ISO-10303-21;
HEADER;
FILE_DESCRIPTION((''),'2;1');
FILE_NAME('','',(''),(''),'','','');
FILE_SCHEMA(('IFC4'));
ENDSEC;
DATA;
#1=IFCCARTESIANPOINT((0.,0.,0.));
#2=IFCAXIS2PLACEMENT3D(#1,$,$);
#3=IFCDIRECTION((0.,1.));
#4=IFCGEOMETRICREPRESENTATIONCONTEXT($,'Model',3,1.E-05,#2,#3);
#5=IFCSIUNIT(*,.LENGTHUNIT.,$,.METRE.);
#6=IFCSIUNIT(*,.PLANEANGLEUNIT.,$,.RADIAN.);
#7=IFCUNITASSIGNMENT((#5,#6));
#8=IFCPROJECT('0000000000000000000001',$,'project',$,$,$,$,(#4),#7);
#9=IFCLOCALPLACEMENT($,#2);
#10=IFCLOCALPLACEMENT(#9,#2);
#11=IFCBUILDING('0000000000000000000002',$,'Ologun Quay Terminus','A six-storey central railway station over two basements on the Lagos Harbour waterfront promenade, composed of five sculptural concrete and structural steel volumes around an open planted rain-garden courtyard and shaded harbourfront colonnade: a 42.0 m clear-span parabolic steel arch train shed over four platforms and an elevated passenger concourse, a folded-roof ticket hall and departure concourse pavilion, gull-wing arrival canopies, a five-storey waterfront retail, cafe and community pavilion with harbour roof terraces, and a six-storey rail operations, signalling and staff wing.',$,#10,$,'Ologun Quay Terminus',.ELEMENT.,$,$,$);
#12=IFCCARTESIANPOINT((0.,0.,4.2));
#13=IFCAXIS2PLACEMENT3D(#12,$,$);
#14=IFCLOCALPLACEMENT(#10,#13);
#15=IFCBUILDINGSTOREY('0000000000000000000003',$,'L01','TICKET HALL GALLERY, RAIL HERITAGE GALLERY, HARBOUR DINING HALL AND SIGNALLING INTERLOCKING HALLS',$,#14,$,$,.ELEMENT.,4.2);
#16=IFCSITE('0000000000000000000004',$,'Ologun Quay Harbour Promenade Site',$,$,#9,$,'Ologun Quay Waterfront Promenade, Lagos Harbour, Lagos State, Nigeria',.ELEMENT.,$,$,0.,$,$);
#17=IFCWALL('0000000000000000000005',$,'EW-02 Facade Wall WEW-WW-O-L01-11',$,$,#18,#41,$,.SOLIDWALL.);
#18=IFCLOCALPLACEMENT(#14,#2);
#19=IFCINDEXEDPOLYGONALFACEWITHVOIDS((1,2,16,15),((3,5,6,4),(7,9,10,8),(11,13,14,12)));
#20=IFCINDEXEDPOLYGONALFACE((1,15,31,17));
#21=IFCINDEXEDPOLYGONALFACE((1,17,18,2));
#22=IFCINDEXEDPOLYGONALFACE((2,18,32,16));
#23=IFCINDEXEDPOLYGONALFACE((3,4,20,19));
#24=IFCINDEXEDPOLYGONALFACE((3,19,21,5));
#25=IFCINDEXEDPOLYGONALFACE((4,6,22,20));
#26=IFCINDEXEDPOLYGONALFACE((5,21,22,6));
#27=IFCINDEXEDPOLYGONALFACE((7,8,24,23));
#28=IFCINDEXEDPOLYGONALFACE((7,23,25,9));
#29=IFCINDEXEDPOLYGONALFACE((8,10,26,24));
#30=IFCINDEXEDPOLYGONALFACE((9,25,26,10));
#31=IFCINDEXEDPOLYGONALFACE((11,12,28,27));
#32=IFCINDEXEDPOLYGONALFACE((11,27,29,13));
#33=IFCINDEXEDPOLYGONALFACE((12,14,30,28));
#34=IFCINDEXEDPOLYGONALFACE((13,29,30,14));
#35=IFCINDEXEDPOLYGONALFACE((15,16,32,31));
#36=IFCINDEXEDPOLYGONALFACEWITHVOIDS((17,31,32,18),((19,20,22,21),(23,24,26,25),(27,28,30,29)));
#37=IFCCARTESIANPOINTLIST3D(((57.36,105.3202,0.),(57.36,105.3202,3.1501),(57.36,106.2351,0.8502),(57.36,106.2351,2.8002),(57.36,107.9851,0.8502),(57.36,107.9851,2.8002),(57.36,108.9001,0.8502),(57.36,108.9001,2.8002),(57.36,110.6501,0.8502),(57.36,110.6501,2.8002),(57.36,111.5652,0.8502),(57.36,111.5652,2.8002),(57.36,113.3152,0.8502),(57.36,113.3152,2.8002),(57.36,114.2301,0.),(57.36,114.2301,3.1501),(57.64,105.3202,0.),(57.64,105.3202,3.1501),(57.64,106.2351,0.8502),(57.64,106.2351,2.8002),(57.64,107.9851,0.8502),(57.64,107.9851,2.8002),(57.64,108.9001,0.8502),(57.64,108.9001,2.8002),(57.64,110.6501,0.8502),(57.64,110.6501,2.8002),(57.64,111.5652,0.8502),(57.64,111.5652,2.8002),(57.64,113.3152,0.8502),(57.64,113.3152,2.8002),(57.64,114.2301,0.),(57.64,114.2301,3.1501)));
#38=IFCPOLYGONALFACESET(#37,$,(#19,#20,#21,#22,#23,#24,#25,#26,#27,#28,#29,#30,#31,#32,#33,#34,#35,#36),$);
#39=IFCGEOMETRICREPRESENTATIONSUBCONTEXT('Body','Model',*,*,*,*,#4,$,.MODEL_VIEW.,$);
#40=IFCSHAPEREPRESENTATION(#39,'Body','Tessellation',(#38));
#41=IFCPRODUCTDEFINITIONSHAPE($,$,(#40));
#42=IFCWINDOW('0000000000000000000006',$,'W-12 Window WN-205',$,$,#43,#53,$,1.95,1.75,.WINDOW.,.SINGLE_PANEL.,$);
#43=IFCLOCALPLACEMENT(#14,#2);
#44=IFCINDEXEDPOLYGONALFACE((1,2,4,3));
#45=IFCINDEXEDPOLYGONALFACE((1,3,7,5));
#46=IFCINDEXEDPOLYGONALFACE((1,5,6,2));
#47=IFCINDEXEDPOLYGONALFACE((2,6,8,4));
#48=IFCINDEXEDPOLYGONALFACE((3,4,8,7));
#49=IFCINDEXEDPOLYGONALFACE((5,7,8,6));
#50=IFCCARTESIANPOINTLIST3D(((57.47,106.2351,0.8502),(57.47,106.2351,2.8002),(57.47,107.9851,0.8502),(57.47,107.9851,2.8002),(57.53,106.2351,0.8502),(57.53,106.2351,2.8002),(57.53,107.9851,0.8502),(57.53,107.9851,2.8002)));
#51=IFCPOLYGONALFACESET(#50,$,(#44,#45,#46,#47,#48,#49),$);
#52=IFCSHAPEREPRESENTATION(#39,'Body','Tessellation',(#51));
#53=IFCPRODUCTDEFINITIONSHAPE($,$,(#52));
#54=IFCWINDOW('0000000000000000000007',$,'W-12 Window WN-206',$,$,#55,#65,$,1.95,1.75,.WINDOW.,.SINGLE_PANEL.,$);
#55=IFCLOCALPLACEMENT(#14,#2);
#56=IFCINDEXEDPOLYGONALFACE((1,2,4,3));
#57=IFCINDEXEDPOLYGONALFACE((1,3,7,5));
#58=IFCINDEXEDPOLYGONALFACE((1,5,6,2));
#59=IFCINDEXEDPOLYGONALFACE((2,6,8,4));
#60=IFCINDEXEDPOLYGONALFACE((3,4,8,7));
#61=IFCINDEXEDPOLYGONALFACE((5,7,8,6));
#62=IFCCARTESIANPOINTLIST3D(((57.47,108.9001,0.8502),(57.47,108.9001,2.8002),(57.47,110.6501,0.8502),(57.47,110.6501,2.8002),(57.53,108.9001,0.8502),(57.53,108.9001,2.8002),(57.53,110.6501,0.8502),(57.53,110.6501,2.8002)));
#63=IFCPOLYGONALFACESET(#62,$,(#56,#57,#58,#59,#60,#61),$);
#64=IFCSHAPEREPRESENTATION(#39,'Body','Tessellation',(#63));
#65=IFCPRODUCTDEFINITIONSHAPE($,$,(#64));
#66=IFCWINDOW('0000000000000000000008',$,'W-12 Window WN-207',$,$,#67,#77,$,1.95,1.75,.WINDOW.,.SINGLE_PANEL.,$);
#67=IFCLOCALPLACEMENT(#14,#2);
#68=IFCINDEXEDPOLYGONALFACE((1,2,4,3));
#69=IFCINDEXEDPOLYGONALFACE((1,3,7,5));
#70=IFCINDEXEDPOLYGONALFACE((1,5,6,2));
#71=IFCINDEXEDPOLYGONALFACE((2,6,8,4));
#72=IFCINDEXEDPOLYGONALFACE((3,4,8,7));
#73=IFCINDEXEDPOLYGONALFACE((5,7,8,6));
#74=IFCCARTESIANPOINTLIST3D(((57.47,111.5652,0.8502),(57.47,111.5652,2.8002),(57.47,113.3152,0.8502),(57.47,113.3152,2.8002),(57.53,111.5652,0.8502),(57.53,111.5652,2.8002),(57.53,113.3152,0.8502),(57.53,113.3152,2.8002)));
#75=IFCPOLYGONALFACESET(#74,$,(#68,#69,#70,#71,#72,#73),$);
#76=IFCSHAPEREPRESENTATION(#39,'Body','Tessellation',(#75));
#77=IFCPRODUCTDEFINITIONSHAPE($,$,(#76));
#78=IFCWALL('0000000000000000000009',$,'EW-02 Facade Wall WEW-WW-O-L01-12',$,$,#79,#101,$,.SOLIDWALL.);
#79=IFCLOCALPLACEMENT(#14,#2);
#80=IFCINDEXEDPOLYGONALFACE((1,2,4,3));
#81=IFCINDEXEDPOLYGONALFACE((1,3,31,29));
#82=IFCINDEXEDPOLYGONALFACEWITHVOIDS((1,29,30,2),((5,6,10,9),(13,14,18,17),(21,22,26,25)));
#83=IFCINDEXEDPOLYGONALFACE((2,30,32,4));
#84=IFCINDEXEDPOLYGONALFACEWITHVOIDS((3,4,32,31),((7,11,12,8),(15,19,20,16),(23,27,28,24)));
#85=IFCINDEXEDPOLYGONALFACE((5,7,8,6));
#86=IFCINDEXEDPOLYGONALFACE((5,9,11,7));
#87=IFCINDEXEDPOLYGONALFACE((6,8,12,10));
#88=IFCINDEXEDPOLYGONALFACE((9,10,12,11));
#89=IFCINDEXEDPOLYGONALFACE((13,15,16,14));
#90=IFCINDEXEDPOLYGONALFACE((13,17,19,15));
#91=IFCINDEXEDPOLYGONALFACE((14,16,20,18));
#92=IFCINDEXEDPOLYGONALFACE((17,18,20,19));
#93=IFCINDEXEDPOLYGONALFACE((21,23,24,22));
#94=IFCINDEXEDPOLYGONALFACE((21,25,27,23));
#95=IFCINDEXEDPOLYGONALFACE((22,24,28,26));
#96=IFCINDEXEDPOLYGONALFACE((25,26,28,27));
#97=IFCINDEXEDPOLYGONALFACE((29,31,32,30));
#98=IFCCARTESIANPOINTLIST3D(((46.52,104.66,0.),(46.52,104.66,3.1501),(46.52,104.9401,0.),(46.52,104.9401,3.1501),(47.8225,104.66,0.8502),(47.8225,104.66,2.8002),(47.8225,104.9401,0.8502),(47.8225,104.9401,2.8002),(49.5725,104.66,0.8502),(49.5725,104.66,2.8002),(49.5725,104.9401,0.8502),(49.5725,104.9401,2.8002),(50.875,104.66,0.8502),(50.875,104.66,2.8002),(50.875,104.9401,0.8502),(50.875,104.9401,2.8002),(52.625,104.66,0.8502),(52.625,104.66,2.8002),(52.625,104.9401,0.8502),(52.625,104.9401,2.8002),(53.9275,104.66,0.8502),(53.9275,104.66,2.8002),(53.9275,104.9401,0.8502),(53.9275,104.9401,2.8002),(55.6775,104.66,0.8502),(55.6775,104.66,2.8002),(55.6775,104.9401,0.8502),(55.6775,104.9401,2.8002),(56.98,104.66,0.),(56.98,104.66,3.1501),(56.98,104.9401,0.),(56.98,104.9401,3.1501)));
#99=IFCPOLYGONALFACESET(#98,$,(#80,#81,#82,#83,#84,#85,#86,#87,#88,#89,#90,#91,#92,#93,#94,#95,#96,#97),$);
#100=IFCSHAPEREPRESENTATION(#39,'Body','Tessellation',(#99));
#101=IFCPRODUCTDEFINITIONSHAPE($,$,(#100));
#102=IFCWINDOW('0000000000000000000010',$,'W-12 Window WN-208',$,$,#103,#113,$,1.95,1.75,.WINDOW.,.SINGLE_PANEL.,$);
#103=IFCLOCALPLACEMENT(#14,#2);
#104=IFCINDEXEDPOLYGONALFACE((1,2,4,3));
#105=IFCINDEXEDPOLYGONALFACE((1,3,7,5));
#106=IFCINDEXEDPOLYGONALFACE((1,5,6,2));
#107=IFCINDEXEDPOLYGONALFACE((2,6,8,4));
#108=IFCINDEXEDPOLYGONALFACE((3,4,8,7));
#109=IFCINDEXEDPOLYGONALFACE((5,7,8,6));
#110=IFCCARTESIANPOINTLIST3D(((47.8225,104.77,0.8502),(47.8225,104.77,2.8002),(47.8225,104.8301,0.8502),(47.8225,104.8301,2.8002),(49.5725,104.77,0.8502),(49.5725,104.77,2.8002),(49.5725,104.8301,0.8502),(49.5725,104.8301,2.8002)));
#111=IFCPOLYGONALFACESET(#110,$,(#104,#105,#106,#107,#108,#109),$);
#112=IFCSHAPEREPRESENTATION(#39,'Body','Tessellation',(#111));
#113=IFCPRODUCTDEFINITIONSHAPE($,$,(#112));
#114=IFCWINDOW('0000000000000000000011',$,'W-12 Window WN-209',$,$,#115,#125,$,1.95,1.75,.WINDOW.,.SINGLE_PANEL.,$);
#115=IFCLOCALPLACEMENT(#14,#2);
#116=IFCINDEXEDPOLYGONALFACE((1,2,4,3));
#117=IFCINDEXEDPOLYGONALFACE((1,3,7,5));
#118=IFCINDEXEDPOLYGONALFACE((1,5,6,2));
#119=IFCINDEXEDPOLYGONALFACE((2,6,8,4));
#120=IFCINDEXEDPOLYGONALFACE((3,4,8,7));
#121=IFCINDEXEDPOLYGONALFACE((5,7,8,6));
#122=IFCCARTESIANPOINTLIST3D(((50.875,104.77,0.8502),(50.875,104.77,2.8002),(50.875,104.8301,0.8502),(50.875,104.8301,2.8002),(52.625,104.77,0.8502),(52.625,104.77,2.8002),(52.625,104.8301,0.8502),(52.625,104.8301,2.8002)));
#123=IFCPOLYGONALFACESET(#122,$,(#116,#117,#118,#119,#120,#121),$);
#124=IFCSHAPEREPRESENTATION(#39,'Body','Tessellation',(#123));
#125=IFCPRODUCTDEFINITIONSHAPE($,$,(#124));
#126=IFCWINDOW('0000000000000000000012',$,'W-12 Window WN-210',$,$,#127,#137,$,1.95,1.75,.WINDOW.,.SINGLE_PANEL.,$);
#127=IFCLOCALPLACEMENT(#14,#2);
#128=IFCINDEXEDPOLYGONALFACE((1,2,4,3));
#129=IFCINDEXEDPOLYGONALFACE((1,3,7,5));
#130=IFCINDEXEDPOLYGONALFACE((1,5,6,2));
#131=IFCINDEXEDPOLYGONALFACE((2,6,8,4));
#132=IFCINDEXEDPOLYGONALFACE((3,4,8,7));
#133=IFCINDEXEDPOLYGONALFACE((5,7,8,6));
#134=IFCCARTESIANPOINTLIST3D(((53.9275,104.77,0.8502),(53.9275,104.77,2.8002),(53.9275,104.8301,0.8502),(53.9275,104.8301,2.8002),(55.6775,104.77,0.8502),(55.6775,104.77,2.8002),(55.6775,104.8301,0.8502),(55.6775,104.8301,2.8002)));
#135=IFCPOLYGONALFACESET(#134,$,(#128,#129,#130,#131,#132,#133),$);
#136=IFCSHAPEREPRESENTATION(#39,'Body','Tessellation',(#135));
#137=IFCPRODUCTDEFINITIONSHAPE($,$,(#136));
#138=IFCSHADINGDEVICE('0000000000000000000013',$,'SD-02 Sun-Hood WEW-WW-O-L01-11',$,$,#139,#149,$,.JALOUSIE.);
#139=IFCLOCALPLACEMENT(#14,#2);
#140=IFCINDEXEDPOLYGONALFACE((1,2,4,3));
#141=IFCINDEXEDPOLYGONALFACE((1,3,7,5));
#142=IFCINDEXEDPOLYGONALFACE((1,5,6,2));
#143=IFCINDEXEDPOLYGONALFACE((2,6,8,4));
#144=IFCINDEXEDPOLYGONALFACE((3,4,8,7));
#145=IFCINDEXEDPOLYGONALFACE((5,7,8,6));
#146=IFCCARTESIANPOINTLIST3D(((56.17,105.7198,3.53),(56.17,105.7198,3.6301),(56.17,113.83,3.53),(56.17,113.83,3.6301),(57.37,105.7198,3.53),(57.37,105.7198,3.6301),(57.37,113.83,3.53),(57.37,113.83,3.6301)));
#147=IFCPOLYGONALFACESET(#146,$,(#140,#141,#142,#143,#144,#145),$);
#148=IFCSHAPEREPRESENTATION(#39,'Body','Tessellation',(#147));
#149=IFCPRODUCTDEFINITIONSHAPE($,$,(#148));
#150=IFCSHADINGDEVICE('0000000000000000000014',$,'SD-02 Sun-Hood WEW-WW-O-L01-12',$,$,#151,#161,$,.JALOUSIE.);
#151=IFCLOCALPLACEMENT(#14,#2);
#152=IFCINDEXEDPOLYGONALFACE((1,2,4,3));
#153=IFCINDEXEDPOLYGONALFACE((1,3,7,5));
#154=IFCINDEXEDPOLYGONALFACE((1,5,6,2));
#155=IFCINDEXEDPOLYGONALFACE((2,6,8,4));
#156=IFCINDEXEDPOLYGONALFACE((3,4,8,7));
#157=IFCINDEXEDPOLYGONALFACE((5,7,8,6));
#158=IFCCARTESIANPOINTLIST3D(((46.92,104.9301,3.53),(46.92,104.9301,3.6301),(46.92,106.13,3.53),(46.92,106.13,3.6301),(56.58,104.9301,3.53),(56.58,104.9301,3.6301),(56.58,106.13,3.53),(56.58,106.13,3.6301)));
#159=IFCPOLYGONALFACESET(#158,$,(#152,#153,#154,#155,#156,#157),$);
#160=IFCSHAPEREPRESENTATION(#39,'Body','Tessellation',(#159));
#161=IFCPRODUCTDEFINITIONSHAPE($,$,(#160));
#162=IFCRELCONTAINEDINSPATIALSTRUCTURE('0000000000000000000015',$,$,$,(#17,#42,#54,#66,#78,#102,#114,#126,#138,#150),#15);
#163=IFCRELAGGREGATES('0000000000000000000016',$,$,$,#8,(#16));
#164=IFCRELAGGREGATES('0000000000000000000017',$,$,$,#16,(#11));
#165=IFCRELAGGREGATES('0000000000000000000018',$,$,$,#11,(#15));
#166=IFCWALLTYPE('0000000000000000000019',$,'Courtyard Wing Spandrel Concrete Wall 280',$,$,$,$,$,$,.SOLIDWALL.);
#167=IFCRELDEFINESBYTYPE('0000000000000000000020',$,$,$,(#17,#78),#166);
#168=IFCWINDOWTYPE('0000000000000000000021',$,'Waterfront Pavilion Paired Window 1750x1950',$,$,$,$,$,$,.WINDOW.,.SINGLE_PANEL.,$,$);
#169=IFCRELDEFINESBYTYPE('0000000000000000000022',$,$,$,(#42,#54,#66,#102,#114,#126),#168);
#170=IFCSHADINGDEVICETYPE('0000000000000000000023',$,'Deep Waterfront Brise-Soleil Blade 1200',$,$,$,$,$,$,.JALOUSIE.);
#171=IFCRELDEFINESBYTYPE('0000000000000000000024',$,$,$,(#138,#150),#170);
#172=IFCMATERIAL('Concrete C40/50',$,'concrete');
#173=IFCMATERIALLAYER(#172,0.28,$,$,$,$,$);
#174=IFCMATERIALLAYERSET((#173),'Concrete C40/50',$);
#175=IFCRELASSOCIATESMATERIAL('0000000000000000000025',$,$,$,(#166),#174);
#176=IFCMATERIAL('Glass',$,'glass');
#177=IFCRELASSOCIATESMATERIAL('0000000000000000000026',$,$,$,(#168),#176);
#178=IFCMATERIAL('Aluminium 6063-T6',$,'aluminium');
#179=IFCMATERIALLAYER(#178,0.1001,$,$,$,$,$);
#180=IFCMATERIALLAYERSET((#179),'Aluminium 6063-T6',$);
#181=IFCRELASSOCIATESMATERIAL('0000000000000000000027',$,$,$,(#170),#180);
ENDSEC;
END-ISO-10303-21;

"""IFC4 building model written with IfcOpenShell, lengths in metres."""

from ifc_helpers import new_model, si_unit, direction, frame, frame_2d, origin, origin_2d, place, context, subcontext, project, spatial, rectangle, extrude, material, layer, layer_set, type_object, element, fill, save


model = new_model("IFC4")

# Units and contexts
model_context = context("Model", 3, precision=1e-05, world=origin(), true_north=direction((0.0, 1.0)))
body_context = subcontext(model_context, "Body", "Model", "MODEL_VIEW")
ifc_project = project(units=[si_unit("LENGTHUNIT", "METRE"), si_unit("PLANEANGLEUNIT", "RADIAN")], contexts=[model_context])

# Site, building, storey
site_placement = place(None, origin())
site = spatial("IfcSite", under=ifc_project, at=site_placement, Name="Ologun Quay Harbour Promenade Site", LongName="Ologun Quay Waterfront Promenade, Lagos Harbour, Lagos State, Nigeria", CompositionType="ELEMENT", RefElevation=0.0)
building_placement = place(site_placement, origin())
building = spatial("IfcBuilding", under=site, at=building_placement, Name="Ologun Quay Terminus", Description="A six-storey central railway station over two basements on the Lagos Harbour waterfront promenade, composed of five sculptural concrete and structural steel volumes around an open planted rain-garden courtyard and shaded harbourfront colonnade: a 42.0 m clear-span parabolic steel arch train shed over four platforms and an elevated passenger concourse, a folded-roof ticket hall and departure concourse pavilion, gull-wing arrival canopies, a five-storey waterfront retail, cafe and community pavilion with harbour roof terraces, and a six-storey rail operations, signalling and staff wing.", LongName="Ologun Quay Terminus", CompositionType="ELEMENT")
storey_placement = place(building_placement, frame((0.0, 0.0, 4.2)))
storey = spatial("IfcBuildingStorey", under=building, at=storey_placement, Name="L01", Description="TICKET HALL GALLERY, RAIL HERITAGE GALLERY, HARBOUR DINING HALL AND SIGNALLING INTERLOCKING HALLS", CompositionType="ELEMENT", Elevation=4.2)

# Walls, openings, windows
ifc_material_1 = material(Name="Concrete C40/50", Category="concrete")
ifc_layer_1 = layer(ifc_material_1, 0.28)
ifc_layer_set_1 = layer_set([ifc_layer_1], Name="Concrete C40/50")
wall_type = type_object("IfcWallType", Name="Courtyard Wing Spandrel Concrete Wall 280", PredefinedType="SOLIDWALL", material=ifc_layer_set_1)
wall_1_placement = place(storey_placement, frame((57.5, 105.3201, 0.0), z_axis=(0.0, 0.0, 1.0), x_axis=(0.0, 1.0, 0.0)))
wall_1 = element("IfcWall", 1, at=wall_1_placement, inside=storey, type_object=wall_type, Name="EW-02 Facade Wall WEW-WW-O-L01-11", PredefinedType="SOLIDWALL", context=body_context, shape_type="SweptSolid", body=[
    extrude(rectangle(XDim=8.9099, YDim=0.28, at=frame_2d((4.4551, 0.0))), origin(), (0.0, 0.0, 1.0), 3.1501),
])
opening_1_placement = place(wall_1_placement, frame((0.915, 0.0, 0.8501)))
opening_1 = element("IfcOpeningElement", 2, at=opening_1_placement, cuts=wall_1, PredefinedType="OPENING", context=body_context, shape_type="SweptSolid", body=[
    extrude(rectangle(XDim=1.75, YDim=1.95, at=frame_2d((0.875, 0.9751))), frame((0.0, 0.1499, 0.0), z_axis=(0.0, -1.0, 0.0), x_axis=(1.0, 0.0, 0.0)), (0.0, 0.0, 1.0), 0.3),
])
opening_2_placement = place(wall_1_placement, frame((3.5801, 0.0, 0.8501)))
opening_2 = element("IfcOpeningElement", 3, at=opening_2_placement, cuts=wall_1, PredefinedType="OPENING", context=body_context, shape_type="SweptSolid", body=[
    extrude(rectangle(XDim=1.75, YDim=1.95, at=frame_2d((0.875, 0.9751))), frame((0.0, 0.1499, 0.0), z_axis=(0.0, -1.0, 0.0), x_axis=(1.0, 0.0, 0.0)), (0.0, 0.0, 1.0), 0.3),
])
opening_3_placement = place(wall_1_placement, frame((6.2451, 0.0, 0.8501)))
opening_3 = element("IfcOpeningElement", 4, at=opening_3_placement, cuts=wall_1, PredefinedType="OPENING", context=body_context, shape_type="SweptSolid", body=[
    extrude(rectangle(XDim=1.75, YDim=1.95, at=frame_2d((0.875, 0.9751))), frame((0.0, 0.1499, 0.0), z_axis=(0.0, -1.0, 0.0), x_axis=(1.0, 0.0, 0.0)), (0.0, 0.0, 1.0), 0.3),
])
ifc_material_2 = material(Name="Glass", Category="glass")
window_type_1 = type_object("IfcWindowType", Name="Waterfront Pavilion Paired Window 1750x1950", PartitioningType="SINGLE_PANEL", PredefinedType="WINDOW", material=ifc_material_2)
window_1_placement = place(opening_1_placement, origin())
window_1 = element("IfcWindow", 5, at=window_1_placement, inside=storey, type_object=window_type_1, Name="W-12 Window WN-205", OverallHeight=1.95, OverallWidth=1.75, PartitioningType="SINGLE_PANEL", PredefinedType="WINDOW", context=body_context, shape_type="SweptSolid", body=[
    extrude(rectangle(XDim=1.75, YDim=1.95, at=frame_2d((0.875, 0.9751))), frame((0.0, 0.03, 0.0), z_axis=(0.0, -1.0, 0.0), x_axis=(1.0, 0.0, 0.0)), (0.0, 0.0, 1.0), 0.0601),
])
fill(opening_1, window_1)
window_2_placement = place(opening_2_placement, origin())
window_2 = element("IfcWindow", 6, at=window_2_placement, inside=storey, type_object=window_type_1, Name="W-12 Window WN-206", OverallHeight=1.95, OverallWidth=1.75, PartitioningType="SINGLE_PANEL", PredefinedType="WINDOW", context=body_context, shape_type="SweptSolid", body=[
    extrude(rectangle(XDim=1.75, YDim=1.95, at=frame_2d((0.875, 0.9751))), frame((0.0, 0.03, 0.0), z_axis=(0.0, -1.0, 0.0), x_axis=(1.0, 0.0, 0.0)), (0.0, 0.0, 1.0), 0.0601),
])
fill(opening_2, window_2)
window_3_placement = place(opening_3_placement, origin())
window_3 = element("IfcWindow", 7, at=window_3_placement, inside=storey, type_object=window_type_1, Name="W-12 Window WN-207", OverallHeight=1.95, OverallWidth=1.75, PartitioningType="SINGLE_PANEL", PredefinedType="WINDOW", context=body_context, shape_type="SweptSolid", body=[
    extrude(rectangle(XDim=1.75, YDim=1.95, at=frame_2d((0.875, 0.9751))), frame((0.0, 0.03, 0.0), z_axis=(0.0, -1.0, 0.0), x_axis=(1.0, 0.0, 0.0)), (0.0, 0.0, 1.0), 0.0601),
])
fill(opening_3, window_3)
wall_2_placement = place(storey_placement, frame((46.52, 104.8, 0.0), z_axis=(0.0, 0.0, 1.0), x_axis=(1.0, 0.0, 0.0)))
wall_2 = element("IfcWall", 8, at=wall_2_placement, inside=storey, type_object=wall_type, Name="EW-02 Facade Wall WEW-WW-O-L01-12", PredefinedType="SOLIDWALL", context=body_context, shape_type="SweptSolid", body=[
    extrude(rectangle(XDim=10.46, YDim=0.28, at=frame_2d((5.23, 0.0))), origin(), (0.0, 0.0, 1.0), 3.1501),
])
opening_4_placement = place(wall_2_placement, frame((1.3025, 0.0, 0.8501)))
opening_4 = element("IfcOpeningElement", 9, at=opening_4_placement, cuts=wall_2, PredefinedType="OPENING", context=body_context, shape_type="SweptSolid", body=[
    extrude(rectangle(XDim=1.75, YDim=1.95, at=frame_2d((0.875, 0.9751))), frame((0.0, 0.1499, 0.0), z_axis=(0.0, -1.0, 0.0), x_axis=(1.0, 0.0, 0.0)), (0.0, 0.0, 1.0), 0.3),
])
opening_5_placement = place(wall_2_placement, frame((4.355, 0.0, 0.8501)))
opening_5 = element("IfcOpeningElement", 10, at=opening_5_placement, cuts=wall_2, PredefinedType="OPENING", context=body_context, shape_type="SweptSolid", body=[
    extrude(rectangle(XDim=1.75, YDim=1.95, at=frame_2d((0.875, 0.9751))), frame((0.0, 0.1499, 0.0), z_axis=(0.0, -1.0, 0.0), x_axis=(1.0, 0.0, 0.0)), (0.0, 0.0, 1.0), 0.3),
])
opening_6_placement = place(wall_2_placement, frame((7.4075, 0.0, 0.8501)))
opening_6 = element("IfcOpeningElement", 11, at=opening_6_placement, cuts=wall_2, PredefinedType="OPENING", context=body_context, shape_type="SweptSolid", body=[
    extrude(rectangle(XDim=1.75, YDim=1.95, at=frame_2d((0.875, 0.9751))), frame((0.0, 0.1499, 0.0), z_axis=(0.0, -1.0, 0.0), x_axis=(1.0, 0.0, 0.0)), (0.0, 0.0, 1.0), 0.3),
])
window_4_placement = place(opening_4_placement, origin())
window_4 = element("IfcWindow", 12, at=window_4_placement, inside=storey, type_object=window_type_1, Name="W-12 Window WN-208", OverallHeight=1.95, OverallWidth=1.75, PartitioningType="SINGLE_PANEL", PredefinedType="WINDOW", context=body_context, shape_type="SweptSolid", body=[
    extrude(rectangle(XDim=1.75, YDim=1.95, at=frame_2d((0.875, 0.9751))), frame((0.0, 0.03, 0.0), z_axis=(0.0, -1.0, 0.0), x_axis=(1.0, 0.0, 0.0)), (0.0, 0.0, 1.0), 0.0601),
])
fill(opening_4, window_4)
window_5_placement = place(opening_5_placement, origin())
window_5 = element("IfcWindow", 13, at=window_5_placement, inside=storey, type_object=window_type_1, Name="W-12 Window WN-209", OverallHeight=1.95, OverallWidth=1.75, PartitioningType="SINGLE_PANEL", PredefinedType="WINDOW", context=body_context, shape_type="SweptSolid", body=[
    extrude(rectangle(XDim=1.75, YDim=1.95, at=frame_2d((0.875, 0.9751))), frame((0.0, 0.03, 0.0), z_axis=(0.0, -1.0, 0.0), x_axis=(1.0, 0.0, 0.0)), (0.0, 0.0, 1.0), 0.0601),
])
fill(opening_5, window_5)
window_6_placement = place(opening_6_placement, origin())
window_6 = element("IfcWindow", 14, at=window_6_placement, inside=storey, type_object=window_type_1, Name="W-12 Window WN-210", OverallHeight=1.95, OverallWidth=1.75, PartitioningType="SINGLE_PANEL", PredefinedType="WINDOW", context=body_context, shape_type="SweptSolid", body=[
    extrude(rectangle(XDim=1.75, YDim=1.95, at=frame_2d((0.875, 0.9751))), frame((0.0, 0.03, 0.0), z_axis=(0.0, -1.0, 0.0), x_axis=(1.0, 0.0, 0.0)), (0.0, 0.0, 1.0), 0.0601),
])
fill(opening_6, window_6)

# Shading devices
ifc_material_3 = material(Name="Aluminium 6063-T6", Category="aluminium")
ifc_layer_2 = layer(ifc_material_3, 0.1001)
ifc_layer_set_2 = layer_set([ifc_layer_2], Name="Aluminium 6063-T6")
shading_device_type = type_object("IfcShadingDeviceType", Name="Deep Waterfront Brise-Soleil Blade 1200", PredefinedType="JALOUSIE", material=ifc_layer_set_2)
shading_device_1_placement = place(storey_placement, frame((56.77, 109.7749, 3.53), z_axis=(0.0, 0.0, 1.0), x_axis=(1.0, 0.0, 0.0)))
element("IfcShadingDevice", 15, at=shading_device_1_placement, inside=storey, type_object=shading_device_type, Name="SD-02 Sun-Hood WEW-WW-O-L01-11", PredefinedType="JALOUSIE", context=body_context, shape_type="SweptSolid", body=[
    extrude(rectangle(XDim=1.2, YDim=8.1101, at=origin_2d()), origin(), (0.0, 0.0, 1.0), 0.1001),
])
shading_device_2_placement = place(storey_placement, frame((51.75, 105.53, 3.53), z_axis=(0.0, 0.0, 1.0), x_axis=(1.0, 0.0, 0.0)))
element("IfcShadingDevice", 16, at=shading_device_2_placement, inside=storey, type_object=shading_device_type, Name="SD-02 Sun-Hood WEW-WW-O-L01-12", PredefinedType="JALOUSIE", context=body_context, shape_type="SweptSolid", body=[
    extrude(rectangle(XDim=9.6599, YDim=1.2, at=origin_2d()), origin(), (0.0, 0.0, 1.0), 0.1001),
])

save(model, "model.ifc")
